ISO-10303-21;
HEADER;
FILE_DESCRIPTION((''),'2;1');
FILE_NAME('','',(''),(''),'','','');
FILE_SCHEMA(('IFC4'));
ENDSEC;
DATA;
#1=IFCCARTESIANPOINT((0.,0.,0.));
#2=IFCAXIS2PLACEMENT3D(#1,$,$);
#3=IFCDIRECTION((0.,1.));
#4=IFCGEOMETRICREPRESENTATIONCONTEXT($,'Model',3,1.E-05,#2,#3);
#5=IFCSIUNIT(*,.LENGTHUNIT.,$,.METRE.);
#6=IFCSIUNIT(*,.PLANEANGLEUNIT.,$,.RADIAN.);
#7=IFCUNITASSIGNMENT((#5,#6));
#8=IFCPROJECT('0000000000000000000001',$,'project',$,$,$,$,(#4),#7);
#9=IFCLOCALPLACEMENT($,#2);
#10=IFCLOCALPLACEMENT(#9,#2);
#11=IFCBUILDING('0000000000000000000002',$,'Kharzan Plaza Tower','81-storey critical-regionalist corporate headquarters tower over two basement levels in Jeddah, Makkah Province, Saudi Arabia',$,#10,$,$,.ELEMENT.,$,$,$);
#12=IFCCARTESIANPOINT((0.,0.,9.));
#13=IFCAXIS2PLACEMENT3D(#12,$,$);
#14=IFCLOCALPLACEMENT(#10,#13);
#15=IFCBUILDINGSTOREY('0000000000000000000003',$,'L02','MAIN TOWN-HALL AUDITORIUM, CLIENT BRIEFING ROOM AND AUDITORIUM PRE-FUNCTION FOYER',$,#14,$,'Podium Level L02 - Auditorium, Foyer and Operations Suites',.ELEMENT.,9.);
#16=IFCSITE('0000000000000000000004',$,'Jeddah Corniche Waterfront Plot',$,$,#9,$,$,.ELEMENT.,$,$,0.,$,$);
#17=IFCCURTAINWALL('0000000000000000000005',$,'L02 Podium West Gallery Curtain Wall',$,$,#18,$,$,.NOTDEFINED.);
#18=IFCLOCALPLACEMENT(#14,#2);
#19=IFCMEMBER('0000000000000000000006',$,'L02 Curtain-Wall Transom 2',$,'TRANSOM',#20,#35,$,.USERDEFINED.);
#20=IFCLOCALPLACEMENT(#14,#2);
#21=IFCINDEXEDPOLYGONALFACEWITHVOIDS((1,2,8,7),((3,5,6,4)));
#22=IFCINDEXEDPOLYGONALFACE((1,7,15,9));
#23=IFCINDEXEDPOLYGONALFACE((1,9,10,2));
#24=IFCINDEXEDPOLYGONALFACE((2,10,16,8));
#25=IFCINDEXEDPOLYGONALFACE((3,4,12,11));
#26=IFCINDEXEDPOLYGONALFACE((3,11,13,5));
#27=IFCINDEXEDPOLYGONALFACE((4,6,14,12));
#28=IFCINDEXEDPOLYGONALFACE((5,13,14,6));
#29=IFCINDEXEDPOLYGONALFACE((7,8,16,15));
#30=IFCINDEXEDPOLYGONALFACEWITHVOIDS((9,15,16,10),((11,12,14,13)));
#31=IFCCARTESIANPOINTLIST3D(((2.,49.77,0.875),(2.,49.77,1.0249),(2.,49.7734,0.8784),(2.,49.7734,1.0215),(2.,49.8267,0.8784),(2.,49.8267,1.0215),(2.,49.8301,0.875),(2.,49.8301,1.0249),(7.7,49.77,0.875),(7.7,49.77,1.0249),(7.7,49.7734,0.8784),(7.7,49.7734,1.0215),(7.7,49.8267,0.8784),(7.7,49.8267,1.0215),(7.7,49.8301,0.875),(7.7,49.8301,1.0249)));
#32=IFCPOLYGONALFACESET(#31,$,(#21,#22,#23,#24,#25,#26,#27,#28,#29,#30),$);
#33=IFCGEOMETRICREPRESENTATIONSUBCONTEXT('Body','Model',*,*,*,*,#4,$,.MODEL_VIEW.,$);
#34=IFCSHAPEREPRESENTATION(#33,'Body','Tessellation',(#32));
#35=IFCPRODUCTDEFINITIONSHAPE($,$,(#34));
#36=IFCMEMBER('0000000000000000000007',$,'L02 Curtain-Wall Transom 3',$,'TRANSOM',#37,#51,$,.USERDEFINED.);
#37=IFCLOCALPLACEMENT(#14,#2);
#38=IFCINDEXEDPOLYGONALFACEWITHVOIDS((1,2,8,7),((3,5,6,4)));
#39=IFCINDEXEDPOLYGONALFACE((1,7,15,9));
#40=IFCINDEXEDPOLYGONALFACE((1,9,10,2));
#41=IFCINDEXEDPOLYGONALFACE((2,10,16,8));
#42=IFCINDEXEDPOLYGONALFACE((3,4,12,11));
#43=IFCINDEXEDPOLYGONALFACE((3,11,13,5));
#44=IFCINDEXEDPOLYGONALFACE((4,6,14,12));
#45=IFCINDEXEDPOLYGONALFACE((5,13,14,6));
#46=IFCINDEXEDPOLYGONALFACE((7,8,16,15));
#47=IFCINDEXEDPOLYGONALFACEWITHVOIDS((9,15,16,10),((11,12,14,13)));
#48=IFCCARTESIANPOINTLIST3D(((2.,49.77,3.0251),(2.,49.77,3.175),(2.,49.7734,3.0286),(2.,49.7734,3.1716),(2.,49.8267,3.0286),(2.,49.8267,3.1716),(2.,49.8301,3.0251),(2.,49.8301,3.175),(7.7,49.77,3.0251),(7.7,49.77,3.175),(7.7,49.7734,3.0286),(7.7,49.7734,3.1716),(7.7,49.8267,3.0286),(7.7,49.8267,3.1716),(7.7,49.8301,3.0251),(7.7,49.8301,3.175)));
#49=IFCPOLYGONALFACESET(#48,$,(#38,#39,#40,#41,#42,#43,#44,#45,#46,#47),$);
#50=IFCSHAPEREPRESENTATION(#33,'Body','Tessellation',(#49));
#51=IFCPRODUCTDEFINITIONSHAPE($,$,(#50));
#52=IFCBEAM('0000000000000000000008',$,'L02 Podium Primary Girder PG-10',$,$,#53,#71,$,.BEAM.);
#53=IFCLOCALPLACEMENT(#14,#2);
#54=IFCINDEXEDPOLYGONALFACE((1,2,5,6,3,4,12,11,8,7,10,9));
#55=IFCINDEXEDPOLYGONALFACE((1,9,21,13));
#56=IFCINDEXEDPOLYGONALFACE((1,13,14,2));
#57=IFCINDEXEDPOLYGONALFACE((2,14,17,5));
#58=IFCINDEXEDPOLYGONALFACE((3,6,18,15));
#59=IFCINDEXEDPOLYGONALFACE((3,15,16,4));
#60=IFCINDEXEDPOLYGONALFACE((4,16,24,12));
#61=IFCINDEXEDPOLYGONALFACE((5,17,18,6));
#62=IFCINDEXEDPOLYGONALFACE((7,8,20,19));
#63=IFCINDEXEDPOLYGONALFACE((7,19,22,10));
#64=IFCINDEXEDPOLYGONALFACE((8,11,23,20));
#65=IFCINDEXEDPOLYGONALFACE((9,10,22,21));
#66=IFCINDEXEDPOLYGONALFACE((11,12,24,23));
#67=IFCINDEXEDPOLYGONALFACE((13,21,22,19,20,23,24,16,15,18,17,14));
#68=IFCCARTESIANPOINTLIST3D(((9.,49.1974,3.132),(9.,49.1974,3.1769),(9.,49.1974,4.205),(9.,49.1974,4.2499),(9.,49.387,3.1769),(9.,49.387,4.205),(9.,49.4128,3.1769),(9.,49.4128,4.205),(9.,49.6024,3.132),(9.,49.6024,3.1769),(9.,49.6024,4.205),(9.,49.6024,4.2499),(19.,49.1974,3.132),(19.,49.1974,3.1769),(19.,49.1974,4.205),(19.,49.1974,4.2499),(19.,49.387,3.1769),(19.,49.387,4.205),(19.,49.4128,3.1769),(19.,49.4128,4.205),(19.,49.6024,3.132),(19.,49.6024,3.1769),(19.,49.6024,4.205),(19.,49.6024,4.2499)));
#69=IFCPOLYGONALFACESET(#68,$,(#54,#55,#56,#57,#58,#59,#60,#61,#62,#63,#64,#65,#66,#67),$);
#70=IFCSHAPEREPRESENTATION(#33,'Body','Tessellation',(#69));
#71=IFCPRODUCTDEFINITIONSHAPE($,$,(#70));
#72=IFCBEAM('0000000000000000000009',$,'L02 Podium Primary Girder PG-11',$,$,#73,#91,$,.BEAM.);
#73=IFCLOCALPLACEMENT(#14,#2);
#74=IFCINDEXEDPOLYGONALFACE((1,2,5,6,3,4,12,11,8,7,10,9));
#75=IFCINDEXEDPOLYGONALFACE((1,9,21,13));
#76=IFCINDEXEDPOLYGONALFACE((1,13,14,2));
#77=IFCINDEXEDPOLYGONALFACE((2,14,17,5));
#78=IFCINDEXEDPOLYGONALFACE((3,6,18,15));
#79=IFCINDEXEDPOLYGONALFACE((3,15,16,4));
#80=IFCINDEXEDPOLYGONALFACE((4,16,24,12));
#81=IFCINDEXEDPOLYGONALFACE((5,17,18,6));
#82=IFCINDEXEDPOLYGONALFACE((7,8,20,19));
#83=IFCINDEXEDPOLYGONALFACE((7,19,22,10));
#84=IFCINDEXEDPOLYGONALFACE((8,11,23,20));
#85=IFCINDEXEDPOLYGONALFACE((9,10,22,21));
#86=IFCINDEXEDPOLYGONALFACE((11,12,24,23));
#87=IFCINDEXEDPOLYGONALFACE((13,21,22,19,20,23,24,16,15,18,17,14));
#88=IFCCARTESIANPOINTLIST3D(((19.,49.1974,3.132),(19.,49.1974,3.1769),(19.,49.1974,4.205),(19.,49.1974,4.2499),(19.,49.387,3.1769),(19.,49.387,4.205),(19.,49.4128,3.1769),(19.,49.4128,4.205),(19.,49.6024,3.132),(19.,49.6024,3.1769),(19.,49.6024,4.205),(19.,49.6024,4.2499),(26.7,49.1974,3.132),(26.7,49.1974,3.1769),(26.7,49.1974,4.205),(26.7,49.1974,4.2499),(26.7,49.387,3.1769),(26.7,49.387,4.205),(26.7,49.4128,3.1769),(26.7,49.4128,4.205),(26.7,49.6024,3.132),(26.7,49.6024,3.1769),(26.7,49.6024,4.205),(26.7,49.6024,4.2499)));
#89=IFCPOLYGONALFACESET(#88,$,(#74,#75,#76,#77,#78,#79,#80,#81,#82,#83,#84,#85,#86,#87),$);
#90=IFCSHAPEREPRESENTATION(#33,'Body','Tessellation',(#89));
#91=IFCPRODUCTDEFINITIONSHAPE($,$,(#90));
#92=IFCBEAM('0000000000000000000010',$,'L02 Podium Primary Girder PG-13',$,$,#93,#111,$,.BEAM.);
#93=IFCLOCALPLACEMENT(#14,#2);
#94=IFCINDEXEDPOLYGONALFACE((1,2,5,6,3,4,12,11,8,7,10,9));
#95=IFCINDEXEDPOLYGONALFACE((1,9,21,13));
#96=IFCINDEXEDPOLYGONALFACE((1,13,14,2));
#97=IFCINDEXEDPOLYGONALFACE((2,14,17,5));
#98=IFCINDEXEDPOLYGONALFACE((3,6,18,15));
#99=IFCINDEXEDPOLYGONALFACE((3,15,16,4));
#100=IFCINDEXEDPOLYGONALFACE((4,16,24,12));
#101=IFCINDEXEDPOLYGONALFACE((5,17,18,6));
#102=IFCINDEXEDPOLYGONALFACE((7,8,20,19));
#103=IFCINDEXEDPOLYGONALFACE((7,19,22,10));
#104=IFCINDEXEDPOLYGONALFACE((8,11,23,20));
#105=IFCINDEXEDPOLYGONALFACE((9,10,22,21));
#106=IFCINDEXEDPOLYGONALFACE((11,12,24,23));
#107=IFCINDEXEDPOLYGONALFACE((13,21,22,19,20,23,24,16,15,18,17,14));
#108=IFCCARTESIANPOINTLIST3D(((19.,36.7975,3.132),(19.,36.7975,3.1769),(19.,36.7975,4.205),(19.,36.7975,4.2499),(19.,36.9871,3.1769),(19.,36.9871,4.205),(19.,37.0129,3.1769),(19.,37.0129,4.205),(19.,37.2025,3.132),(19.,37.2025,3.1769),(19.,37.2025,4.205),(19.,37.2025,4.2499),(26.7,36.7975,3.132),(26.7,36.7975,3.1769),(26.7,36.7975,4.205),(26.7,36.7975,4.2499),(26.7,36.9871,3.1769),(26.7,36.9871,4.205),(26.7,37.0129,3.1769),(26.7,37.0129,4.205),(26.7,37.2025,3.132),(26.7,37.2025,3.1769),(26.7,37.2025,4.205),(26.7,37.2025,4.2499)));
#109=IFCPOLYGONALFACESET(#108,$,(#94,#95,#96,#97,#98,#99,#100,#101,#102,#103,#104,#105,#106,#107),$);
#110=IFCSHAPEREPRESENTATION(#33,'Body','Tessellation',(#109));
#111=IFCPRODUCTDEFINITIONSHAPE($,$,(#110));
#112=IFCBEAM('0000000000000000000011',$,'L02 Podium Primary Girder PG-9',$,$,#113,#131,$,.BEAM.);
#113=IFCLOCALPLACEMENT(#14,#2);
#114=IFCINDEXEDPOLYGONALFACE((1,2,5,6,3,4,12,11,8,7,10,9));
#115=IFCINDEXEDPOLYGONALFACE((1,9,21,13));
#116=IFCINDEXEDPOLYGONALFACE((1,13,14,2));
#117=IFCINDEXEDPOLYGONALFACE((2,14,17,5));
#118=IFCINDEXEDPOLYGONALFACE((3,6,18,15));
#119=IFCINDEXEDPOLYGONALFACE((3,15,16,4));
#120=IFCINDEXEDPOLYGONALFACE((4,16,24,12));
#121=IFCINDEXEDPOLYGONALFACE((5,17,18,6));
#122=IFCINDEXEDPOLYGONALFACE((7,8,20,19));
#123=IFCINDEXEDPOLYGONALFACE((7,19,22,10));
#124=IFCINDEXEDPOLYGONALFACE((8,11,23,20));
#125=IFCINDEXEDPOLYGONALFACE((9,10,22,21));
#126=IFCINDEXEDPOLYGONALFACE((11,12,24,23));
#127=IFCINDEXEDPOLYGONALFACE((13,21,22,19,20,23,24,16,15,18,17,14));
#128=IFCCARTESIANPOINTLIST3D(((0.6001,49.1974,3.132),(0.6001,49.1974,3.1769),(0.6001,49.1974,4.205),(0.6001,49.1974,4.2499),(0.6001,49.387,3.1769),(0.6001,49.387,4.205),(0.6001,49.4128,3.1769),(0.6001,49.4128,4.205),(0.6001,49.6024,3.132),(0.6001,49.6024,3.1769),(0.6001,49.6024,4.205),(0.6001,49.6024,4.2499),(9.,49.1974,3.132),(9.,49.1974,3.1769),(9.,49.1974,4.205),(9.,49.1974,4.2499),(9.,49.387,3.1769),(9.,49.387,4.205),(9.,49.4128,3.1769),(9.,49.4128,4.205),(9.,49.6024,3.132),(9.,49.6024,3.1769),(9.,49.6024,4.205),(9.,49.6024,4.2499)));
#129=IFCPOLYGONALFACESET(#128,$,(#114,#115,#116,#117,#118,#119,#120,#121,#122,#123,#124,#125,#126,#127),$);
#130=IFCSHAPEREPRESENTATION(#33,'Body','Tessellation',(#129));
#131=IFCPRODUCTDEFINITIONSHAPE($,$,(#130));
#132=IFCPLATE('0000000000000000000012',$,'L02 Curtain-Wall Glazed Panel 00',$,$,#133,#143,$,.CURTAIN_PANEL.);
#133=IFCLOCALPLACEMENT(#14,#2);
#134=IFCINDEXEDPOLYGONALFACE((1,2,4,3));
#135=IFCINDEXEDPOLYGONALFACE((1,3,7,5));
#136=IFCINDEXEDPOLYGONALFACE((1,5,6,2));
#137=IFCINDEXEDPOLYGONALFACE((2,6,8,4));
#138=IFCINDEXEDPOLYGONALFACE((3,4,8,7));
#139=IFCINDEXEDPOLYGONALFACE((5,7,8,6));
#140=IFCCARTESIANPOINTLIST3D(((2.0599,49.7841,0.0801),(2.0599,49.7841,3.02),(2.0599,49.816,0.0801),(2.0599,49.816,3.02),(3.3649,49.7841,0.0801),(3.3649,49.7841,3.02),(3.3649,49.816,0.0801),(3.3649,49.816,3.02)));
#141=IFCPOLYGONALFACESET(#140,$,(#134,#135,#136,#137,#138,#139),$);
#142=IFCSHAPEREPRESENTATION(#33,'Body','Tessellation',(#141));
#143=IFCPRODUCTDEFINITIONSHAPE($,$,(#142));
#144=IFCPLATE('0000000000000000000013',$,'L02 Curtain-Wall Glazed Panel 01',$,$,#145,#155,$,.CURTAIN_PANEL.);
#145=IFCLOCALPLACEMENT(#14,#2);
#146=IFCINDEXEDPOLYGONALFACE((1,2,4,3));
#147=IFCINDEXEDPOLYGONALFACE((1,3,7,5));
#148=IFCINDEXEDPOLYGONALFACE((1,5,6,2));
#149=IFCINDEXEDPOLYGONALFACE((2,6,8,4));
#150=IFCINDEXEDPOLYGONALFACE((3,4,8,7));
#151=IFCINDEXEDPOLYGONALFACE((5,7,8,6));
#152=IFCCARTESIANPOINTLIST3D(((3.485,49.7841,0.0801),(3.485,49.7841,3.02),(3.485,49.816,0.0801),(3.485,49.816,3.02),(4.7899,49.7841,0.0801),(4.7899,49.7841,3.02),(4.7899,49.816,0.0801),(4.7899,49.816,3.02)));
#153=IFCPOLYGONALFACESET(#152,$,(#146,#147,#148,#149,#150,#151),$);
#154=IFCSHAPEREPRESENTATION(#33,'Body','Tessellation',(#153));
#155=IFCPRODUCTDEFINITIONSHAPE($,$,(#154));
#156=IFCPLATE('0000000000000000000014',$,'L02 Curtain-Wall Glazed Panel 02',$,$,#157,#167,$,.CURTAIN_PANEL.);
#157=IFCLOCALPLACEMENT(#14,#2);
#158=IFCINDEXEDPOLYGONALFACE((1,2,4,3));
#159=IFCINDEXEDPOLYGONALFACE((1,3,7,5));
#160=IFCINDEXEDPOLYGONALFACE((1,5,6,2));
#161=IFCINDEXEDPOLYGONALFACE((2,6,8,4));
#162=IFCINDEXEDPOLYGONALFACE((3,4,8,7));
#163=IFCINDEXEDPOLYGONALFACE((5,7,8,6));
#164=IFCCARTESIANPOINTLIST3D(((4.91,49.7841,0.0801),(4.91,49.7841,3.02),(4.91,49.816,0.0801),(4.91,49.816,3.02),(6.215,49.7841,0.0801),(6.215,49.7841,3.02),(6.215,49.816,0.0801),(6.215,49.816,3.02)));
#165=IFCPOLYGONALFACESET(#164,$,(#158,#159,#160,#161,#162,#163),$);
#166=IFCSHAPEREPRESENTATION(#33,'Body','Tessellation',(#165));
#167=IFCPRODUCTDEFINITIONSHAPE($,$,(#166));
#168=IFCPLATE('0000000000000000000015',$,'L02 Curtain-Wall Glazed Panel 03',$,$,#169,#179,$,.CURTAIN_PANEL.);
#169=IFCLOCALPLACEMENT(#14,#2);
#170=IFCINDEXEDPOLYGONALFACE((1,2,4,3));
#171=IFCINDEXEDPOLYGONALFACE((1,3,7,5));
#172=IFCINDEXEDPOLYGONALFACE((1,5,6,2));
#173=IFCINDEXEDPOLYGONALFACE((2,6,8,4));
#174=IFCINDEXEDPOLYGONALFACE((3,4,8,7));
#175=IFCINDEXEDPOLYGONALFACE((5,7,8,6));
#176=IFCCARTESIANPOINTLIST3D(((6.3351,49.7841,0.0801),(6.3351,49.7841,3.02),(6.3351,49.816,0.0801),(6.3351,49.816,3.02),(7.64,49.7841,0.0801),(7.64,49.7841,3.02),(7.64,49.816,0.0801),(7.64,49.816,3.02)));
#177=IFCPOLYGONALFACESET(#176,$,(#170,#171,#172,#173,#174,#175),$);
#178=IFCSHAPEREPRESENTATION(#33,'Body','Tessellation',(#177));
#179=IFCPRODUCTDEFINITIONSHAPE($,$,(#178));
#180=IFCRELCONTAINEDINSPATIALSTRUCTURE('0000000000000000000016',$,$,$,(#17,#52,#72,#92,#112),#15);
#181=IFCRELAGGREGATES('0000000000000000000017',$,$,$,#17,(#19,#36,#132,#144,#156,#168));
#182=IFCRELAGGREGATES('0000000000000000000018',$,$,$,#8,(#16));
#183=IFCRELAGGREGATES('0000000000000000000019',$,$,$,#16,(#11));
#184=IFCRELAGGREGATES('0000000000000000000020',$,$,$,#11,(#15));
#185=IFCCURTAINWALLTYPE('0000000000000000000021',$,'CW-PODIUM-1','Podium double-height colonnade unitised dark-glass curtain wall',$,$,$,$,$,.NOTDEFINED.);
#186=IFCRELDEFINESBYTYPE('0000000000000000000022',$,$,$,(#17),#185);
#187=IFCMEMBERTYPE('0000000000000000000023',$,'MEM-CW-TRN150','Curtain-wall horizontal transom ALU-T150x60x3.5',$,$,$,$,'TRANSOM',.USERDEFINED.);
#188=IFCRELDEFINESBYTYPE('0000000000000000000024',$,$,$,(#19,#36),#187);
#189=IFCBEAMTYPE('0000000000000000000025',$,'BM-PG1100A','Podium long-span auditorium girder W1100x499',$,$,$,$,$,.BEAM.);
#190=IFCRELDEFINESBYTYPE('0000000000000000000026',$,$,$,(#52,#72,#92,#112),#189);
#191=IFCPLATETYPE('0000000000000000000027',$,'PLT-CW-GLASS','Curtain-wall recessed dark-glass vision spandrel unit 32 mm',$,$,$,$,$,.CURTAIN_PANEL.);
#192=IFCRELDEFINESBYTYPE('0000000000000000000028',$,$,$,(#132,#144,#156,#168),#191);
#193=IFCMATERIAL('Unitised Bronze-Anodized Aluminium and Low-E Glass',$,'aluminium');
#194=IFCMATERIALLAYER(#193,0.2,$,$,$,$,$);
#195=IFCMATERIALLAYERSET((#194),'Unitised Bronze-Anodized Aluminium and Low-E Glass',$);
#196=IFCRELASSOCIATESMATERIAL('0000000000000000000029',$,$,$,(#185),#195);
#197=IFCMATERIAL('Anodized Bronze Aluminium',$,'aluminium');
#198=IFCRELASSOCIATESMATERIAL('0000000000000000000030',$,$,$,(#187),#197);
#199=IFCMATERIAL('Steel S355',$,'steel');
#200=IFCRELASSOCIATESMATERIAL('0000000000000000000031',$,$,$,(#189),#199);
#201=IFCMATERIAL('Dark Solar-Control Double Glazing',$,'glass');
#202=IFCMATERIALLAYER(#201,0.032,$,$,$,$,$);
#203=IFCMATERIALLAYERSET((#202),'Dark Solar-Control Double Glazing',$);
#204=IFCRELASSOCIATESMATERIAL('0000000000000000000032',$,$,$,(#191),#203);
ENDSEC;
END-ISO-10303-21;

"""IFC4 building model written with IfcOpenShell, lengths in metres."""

from ifc_helpers import new_model, si_unit, direction, frame, origin, origin_2d, place, context, subcontext, project, spatial, rectangle, hollow_rectangle, i_section, extrude, source, transform, mapped, material, layer, layer_set, material_profile, profile_set, type_object, element, aggregate, save


model = new_model("IFC4")

# Units and contexts
model_context = context("Model", 3, precision=1e-05, world=origin(), true_north=direction((0.0, 1.0)))
body_context = subcontext(model_context, "Body", "Model", "MODEL_VIEW")
ifc_project = project(units=[si_unit("LENGTHUNIT", "METRE"), si_unit("PLANEANGLEUNIT", "RADIAN")], contexts=[model_context])

# Site, building, storey
site_placement = place(None, origin())
site = spatial("IfcSite", under=ifc_project, at=site_placement, Name="Jeddah Corniche Waterfront Plot", CompositionType="ELEMENT", RefElevation=0.0)
building_placement = place(site_placement, origin())
building = spatial("IfcBuilding", under=site, at=building_placement, Name="Kharzan Plaza Tower", Description="81-storey critical-regionalist corporate headquarters tower over two basement levels in Jeddah, Makkah Province, Saudi Arabia", CompositionType="ELEMENT")
storey_placement = place(building_placement, frame((0.0, 0.0, 9.0)))
storey = spatial("IfcBuildingStorey", under=building, at=storey_placement, Name="L02", Description="MAIN TOWN-HALL AUDITORIUM, CLIENT BRIEFING ROOM AND AUDITORIUM PRE-FUNCTION FOYER", LongName="Podium Level L02 - Auditorium, Foyer and Operations Suites", CompositionType="ELEMENT", Elevation=9.0)

# Shared definitions
ifc_material_1 = material(Name="Steel S355", Category="steel")

# Curtain wall, members
ifc_material_2 = material(Name="Unitised Bronze-Anodized Aluminium and Low-E Glass", Category="aluminium")
ifc_layer_1 = layer(ifc_material_2, 0.2)
ifc_layer_set_1 = layer_set([ifc_layer_1], Name="Unitised Bronze-Anodized Aluminium and Low-E Glass")
curtain_wall_type = type_object("IfcCurtainWallType", Name="CW-PODIUM-1", Description="Podium double-height colonnade unitised dark-glass curtain wall", PredefinedType="NOTDEFINED", material=ifc_layer_set_1)
curtain_wall_placement = place(storey_placement, origin())
curtain_wall = element("IfcCurtainWall", 1, at=curtain_wall_placement, inside=storey, type_object=curtain_wall_type, Name="L02 Podium West Gallery Curtain Wall", PredefinedType="NOTDEFINED")
ifc_material_3 = material(Name="Anodized Bronze Aluminium", Category="aluminium")
ifc_material_profile_1 = material_profile(ifc_material_3, hollow_rectangle(XDim=0.0601, YDim=0.1499, WallThickness=0.0034, at=origin_2d()), Name="ALU-T150x60x3.5")
ifc_profile_set_1 = profile_set([ifc_material_profile_1], Name="Anodized Bronze Aluminium")
member_type_1 = type_object("IfcMemberType", Name="MEM-CW-TRN150", Description="Curtain-wall horizontal transom ALU-T150x60x3.5", ElementType="TRANSOM", PredefinedType="USERDEFINED", material=ifc_profile_set_1)
shared_shape_1 = source(origin(), body_context, "Body", "SweptSolid", [
    extrude(hollow_rectangle(XDim=0.0601, YDim=0.1499, WallThickness=0.0034, at=origin_2d()), origin(), (0.0, 0.0, 1.0), 5.7),
])
member_1_placement = place(storey_placement, frame((2.0, 49.8, 0.95), z_axis=(1.0, 0.0, 0.0), x_axis=(0.0, 1.0, 0.0)))
member_1 = element("IfcMember", 2, at=member_1_placement, type_object=member_type_1, Name="L02 Curtain-Wall Transom 2", ObjectType="TRANSOM", PredefinedType="USERDEFINED", context=body_context, shape_type="MappedRepresentation", body=[
    mapped(shared_shape_1, transform((0.0, 0.0, 0.0), x_axis=(1.0, 0.0, 0.0), y_axis=(0.0, 1.0, 0.0), z_axis=(0.0, 0.0, 1.0))),
])
member_2_placement = place(storey_placement, frame((2.0, 49.8, 3.1001), z_axis=(1.0, 0.0, 0.0), x_axis=(0.0, 1.0, 0.0)))
member_2 = element("IfcMember", 3, at=member_2_placement, type_object=member_type_1, Name="L02 Curtain-Wall Transom 3", ObjectType="TRANSOM", PredefinedType="USERDEFINED", context=body_context, shape_type="MappedRepresentation", body=[
    mapped(shared_shape_1, transform((0.0, 0.0, 0.0), x_axis=(1.0, 0.0, 0.0), y_axis=(0.0, 1.0, 0.0), z_axis=(0.0, 0.0, 1.0))),
])

# Beams
ifc_material_profile_2 = material_profile(ifc_material_1, i_section(OverallWidth=0.405, OverallDepth=1.1179, WebThickness=0.0259, FlangeThickness=0.0449, at=origin_2d()), Name="W1100x499")
ifc_profile_set_2 = profile_set([ifc_material_profile_2], Name="Steel S355")
beam_type_1 = type_object("IfcBeamType", Name="BM-PG1100A", Description="Podium long-span auditorium girder W1100x499", PredefinedType="BEAM", material=ifc_profile_set_2)
shared_shape_2 = source(origin(), body_context, "Body", "SweptSolid", [
    extrude(i_section(OverallWidth=0.405, OverallDepth=1.1179, WebThickness=0.0259, FlangeThickness=0.0449, at=origin_2d()), origin(), (0.0, 0.0, 1.0), 10.0),
])
beam_1_placement = place(storey_placement, frame((9.0, 49.3999, 3.6909), z_axis=(1.0, 0.0, 0.0), x_axis=(0.0, 1.0, 0.0)))
element("IfcBeam", 4, at=beam_1_placement, inside=storey, type_object=beam_type_1, Name="L02 Podium Primary Girder PG-10", PredefinedType="BEAM", context=body_context, shape_type="MappedRepresentation", body=[
    mapped(shared_shape_2, transform((0.0, 0.0, 0.0), x_axis=(1.0, 0.0, 0.0), y_axis=(0.0, 1.0, 0.0), z_axis=(0.0, 0.0, 1.0))),
])
shared_shape_3 = source(origin(), body_context, "Body", "SweptSolid", [
    extrude(i_section(OverallWidth=0.405, OverallDepth=1.1179, WebThickness=0.0259, FlangeThickness=0.0449, at=origin_2d()), origin(), (0.0, 0.0, 1.0), 7.7),
])
for number, where, z_axis, x_axis, name in (
    (5, (19.0, 49.3999, 3.6909), (1.0, 0.0, 0.0), (0.0, 1.0, 0.0), "L02 Podium Primary Girder PG-11"),
    (6, (19.0, 37.0, 3.6909), (1.0, 0.0, 0.0), (0.0, 1.0, 0.0), "L02 Podium Primary Girder PG-13"),
):
    element("IfcBeam", number, at=place(storey_placement, frame(where, z_axis=z_axis, x_axis=x_axis)), inside=storey, type_object=beam_type_1, Name=name, PredefinedType="BEAM", context=body_context, shape_type="MappedRepresentation", body=[
        mapped(shared_shape_3, transform((0.0, 0.0, 0.0), x_axis=(1.0, 0.0, 0.0), y_axis=(0.0, 1.0, 0.0), z_axis=(0.0, 0.0, 1.0))),
    ])
shared_shape_4 = source(origin(), body_context, "Body", "SweptSolid", [
    extrude(i_section(OverallWidth=0.405, OverallDepth=1.1179, WebThickness=0.0259, FlangeThickness=0.0449, at=origin_2d()), origin(), (0.0, 0.0, 1.0), 8.3999),
])
beam_2_placement = place(storey_placement, frame((0.6001, 49.3999, 3.6909), z_axis=(1.0, 0.0, 0.0), x_axis=(0.0, 1.0, 0.0)))
element("IfcBeam", 7, at=beam_2_placement, inside=storey, type_object=beam_type_1, Name="L02 Podium Primary Girder PG-9", PredefinedType="BEAM", context=body_context, shape_type="MappedRepresentation", body=[
    mapped(shared_shape_4, transform((0.0, 0.0, 0.0), x_axis=(1.0, 0.0, 0.0), y_axis=(0.0, 1.0, 0.0), z_axis=(0.0, 0.0, 1.0))),
])

# Plates
ifc_material_4 = material(Name="Dark Solar-Control Double Glazing", Category="glass")
ifc_layer_2 = layer(ifc_material_4, 0.032)
ifc_layer_set_2 = layer_set([ifc_layer_2], Name="Dark Solar-Control Double Glazing")
plate_type = type_object("IfcPlateType", Name="PLT-CW-GLASS", Description="Curtain-wall recessed dark-glass vision spandrel unit 32 mm", PredefinedType="CURTAIN_PANEL", material=ifc_layer_set_2)
shared_shape_5 = source(origin(), body_context, "Body", "SweptSolid", [
    extrude(rectangle(XDim=1.3049, YDim=0.032, at=origin_2d()), origin(), (0.0, 0.0, 1.0), 2.9399),
])
plate_1_placement = place(storey_placement, frame((2.7124, 49.8, 0.0801), z_axis=(0.0, 0.0, 1.0), x_axis=(1.0, 0.0, 0.0)))
plate_1 = element("IfcPlate", 8, at=plate_1_placement, type_object=plate_type, Name="L02 Curtain-Wall Glazed Panel 00", PredefinedType="CURTAIN_PANEL", context=body_context, shape_type="MappedRepresentation", body=[
    mapped(shared_shape_5, transform((0.0, 0.0, 0.0), x_axis=(1.0, 0.0, 0.0), y_axis=(0.0, 1.0, 0.0), z_axis=(0.0, 0.0, 1.0))),
])
plate_2_placement = place(storey_placement, frame((4.1375, 49.8, 0.0801), z_axis=(0.0, 0.0, 1.0), x_axis=(1.0, 0.0, 0.0)))
plate_2 = element("IfcPlate", 9, at=plate_2_placement, type_object=plate_type, Name="L02 Curtain-Wall Glazed Panel 01", PredefinedType="CURTAIN_PANEL", context=body_context, shape_type="MappedRepresentation", body=[
    mapped(shared_shape_5, transform((0.0, 0.0, 0.0), x_axis=(1.0, 0.0, 0.0), y_axis=(0.0, 1.0, 0.0), z_axis=(0.0, 0.0, 1.0))),
])
plate_3_placement = place(storey_placement, frame((5.5625, 49.8, 0.0801), z_axis=(0.0, 0.0, 1.0), x_axis=(1.0, 0.0, 0.0)))
plate_3 = element("IfcPlate", 10, at=plate_3_placement, type_object=plate_type, Name="L02 Curtain-Wall Glazed Panel 02", PredefinedType="CURTAIN_PANEL", context=body_context, shape_type="MappedRepresentation", body=[
    mapped(shared_shape_5, transform((0.0, 0.0, 0.0), x_axis=(1.0, 0.0, 0.0), y_axis=(0.0, 1.0, 0.0), z_axis=(0.0, 0.0, 1.0))),
])
plate_4_placement = place(storey_placement, frame((6.9875, 49.8, 0.0801), z_axis=(0.0, 0.0, 1.0), x_axis=(1.0, 0.0, 0.0)))
plate_4 = element("IfcPlate", 11, at=plate_4_placement, type_object=plate_type, Name="L02 Curtain-Wall Glazed Panel 03", PredefinedType="CURTAIN_PANEL", context=body_context, shape_type="MappedRepresentation", body=[
    mapped(shared_shape_5, transform((0.0, 0.0, 0.0), x_axis=(1.0, 0.0, 0.0), y_axis=(0.0, 1.0, 0.0), z_axis=(0.0, 0.0, 1.0))),
])
aggregate(curtain_wall, [member_1, member_2, plate_1, plate_2, plate_3, plate_4])

save(model, "model.ifc")
